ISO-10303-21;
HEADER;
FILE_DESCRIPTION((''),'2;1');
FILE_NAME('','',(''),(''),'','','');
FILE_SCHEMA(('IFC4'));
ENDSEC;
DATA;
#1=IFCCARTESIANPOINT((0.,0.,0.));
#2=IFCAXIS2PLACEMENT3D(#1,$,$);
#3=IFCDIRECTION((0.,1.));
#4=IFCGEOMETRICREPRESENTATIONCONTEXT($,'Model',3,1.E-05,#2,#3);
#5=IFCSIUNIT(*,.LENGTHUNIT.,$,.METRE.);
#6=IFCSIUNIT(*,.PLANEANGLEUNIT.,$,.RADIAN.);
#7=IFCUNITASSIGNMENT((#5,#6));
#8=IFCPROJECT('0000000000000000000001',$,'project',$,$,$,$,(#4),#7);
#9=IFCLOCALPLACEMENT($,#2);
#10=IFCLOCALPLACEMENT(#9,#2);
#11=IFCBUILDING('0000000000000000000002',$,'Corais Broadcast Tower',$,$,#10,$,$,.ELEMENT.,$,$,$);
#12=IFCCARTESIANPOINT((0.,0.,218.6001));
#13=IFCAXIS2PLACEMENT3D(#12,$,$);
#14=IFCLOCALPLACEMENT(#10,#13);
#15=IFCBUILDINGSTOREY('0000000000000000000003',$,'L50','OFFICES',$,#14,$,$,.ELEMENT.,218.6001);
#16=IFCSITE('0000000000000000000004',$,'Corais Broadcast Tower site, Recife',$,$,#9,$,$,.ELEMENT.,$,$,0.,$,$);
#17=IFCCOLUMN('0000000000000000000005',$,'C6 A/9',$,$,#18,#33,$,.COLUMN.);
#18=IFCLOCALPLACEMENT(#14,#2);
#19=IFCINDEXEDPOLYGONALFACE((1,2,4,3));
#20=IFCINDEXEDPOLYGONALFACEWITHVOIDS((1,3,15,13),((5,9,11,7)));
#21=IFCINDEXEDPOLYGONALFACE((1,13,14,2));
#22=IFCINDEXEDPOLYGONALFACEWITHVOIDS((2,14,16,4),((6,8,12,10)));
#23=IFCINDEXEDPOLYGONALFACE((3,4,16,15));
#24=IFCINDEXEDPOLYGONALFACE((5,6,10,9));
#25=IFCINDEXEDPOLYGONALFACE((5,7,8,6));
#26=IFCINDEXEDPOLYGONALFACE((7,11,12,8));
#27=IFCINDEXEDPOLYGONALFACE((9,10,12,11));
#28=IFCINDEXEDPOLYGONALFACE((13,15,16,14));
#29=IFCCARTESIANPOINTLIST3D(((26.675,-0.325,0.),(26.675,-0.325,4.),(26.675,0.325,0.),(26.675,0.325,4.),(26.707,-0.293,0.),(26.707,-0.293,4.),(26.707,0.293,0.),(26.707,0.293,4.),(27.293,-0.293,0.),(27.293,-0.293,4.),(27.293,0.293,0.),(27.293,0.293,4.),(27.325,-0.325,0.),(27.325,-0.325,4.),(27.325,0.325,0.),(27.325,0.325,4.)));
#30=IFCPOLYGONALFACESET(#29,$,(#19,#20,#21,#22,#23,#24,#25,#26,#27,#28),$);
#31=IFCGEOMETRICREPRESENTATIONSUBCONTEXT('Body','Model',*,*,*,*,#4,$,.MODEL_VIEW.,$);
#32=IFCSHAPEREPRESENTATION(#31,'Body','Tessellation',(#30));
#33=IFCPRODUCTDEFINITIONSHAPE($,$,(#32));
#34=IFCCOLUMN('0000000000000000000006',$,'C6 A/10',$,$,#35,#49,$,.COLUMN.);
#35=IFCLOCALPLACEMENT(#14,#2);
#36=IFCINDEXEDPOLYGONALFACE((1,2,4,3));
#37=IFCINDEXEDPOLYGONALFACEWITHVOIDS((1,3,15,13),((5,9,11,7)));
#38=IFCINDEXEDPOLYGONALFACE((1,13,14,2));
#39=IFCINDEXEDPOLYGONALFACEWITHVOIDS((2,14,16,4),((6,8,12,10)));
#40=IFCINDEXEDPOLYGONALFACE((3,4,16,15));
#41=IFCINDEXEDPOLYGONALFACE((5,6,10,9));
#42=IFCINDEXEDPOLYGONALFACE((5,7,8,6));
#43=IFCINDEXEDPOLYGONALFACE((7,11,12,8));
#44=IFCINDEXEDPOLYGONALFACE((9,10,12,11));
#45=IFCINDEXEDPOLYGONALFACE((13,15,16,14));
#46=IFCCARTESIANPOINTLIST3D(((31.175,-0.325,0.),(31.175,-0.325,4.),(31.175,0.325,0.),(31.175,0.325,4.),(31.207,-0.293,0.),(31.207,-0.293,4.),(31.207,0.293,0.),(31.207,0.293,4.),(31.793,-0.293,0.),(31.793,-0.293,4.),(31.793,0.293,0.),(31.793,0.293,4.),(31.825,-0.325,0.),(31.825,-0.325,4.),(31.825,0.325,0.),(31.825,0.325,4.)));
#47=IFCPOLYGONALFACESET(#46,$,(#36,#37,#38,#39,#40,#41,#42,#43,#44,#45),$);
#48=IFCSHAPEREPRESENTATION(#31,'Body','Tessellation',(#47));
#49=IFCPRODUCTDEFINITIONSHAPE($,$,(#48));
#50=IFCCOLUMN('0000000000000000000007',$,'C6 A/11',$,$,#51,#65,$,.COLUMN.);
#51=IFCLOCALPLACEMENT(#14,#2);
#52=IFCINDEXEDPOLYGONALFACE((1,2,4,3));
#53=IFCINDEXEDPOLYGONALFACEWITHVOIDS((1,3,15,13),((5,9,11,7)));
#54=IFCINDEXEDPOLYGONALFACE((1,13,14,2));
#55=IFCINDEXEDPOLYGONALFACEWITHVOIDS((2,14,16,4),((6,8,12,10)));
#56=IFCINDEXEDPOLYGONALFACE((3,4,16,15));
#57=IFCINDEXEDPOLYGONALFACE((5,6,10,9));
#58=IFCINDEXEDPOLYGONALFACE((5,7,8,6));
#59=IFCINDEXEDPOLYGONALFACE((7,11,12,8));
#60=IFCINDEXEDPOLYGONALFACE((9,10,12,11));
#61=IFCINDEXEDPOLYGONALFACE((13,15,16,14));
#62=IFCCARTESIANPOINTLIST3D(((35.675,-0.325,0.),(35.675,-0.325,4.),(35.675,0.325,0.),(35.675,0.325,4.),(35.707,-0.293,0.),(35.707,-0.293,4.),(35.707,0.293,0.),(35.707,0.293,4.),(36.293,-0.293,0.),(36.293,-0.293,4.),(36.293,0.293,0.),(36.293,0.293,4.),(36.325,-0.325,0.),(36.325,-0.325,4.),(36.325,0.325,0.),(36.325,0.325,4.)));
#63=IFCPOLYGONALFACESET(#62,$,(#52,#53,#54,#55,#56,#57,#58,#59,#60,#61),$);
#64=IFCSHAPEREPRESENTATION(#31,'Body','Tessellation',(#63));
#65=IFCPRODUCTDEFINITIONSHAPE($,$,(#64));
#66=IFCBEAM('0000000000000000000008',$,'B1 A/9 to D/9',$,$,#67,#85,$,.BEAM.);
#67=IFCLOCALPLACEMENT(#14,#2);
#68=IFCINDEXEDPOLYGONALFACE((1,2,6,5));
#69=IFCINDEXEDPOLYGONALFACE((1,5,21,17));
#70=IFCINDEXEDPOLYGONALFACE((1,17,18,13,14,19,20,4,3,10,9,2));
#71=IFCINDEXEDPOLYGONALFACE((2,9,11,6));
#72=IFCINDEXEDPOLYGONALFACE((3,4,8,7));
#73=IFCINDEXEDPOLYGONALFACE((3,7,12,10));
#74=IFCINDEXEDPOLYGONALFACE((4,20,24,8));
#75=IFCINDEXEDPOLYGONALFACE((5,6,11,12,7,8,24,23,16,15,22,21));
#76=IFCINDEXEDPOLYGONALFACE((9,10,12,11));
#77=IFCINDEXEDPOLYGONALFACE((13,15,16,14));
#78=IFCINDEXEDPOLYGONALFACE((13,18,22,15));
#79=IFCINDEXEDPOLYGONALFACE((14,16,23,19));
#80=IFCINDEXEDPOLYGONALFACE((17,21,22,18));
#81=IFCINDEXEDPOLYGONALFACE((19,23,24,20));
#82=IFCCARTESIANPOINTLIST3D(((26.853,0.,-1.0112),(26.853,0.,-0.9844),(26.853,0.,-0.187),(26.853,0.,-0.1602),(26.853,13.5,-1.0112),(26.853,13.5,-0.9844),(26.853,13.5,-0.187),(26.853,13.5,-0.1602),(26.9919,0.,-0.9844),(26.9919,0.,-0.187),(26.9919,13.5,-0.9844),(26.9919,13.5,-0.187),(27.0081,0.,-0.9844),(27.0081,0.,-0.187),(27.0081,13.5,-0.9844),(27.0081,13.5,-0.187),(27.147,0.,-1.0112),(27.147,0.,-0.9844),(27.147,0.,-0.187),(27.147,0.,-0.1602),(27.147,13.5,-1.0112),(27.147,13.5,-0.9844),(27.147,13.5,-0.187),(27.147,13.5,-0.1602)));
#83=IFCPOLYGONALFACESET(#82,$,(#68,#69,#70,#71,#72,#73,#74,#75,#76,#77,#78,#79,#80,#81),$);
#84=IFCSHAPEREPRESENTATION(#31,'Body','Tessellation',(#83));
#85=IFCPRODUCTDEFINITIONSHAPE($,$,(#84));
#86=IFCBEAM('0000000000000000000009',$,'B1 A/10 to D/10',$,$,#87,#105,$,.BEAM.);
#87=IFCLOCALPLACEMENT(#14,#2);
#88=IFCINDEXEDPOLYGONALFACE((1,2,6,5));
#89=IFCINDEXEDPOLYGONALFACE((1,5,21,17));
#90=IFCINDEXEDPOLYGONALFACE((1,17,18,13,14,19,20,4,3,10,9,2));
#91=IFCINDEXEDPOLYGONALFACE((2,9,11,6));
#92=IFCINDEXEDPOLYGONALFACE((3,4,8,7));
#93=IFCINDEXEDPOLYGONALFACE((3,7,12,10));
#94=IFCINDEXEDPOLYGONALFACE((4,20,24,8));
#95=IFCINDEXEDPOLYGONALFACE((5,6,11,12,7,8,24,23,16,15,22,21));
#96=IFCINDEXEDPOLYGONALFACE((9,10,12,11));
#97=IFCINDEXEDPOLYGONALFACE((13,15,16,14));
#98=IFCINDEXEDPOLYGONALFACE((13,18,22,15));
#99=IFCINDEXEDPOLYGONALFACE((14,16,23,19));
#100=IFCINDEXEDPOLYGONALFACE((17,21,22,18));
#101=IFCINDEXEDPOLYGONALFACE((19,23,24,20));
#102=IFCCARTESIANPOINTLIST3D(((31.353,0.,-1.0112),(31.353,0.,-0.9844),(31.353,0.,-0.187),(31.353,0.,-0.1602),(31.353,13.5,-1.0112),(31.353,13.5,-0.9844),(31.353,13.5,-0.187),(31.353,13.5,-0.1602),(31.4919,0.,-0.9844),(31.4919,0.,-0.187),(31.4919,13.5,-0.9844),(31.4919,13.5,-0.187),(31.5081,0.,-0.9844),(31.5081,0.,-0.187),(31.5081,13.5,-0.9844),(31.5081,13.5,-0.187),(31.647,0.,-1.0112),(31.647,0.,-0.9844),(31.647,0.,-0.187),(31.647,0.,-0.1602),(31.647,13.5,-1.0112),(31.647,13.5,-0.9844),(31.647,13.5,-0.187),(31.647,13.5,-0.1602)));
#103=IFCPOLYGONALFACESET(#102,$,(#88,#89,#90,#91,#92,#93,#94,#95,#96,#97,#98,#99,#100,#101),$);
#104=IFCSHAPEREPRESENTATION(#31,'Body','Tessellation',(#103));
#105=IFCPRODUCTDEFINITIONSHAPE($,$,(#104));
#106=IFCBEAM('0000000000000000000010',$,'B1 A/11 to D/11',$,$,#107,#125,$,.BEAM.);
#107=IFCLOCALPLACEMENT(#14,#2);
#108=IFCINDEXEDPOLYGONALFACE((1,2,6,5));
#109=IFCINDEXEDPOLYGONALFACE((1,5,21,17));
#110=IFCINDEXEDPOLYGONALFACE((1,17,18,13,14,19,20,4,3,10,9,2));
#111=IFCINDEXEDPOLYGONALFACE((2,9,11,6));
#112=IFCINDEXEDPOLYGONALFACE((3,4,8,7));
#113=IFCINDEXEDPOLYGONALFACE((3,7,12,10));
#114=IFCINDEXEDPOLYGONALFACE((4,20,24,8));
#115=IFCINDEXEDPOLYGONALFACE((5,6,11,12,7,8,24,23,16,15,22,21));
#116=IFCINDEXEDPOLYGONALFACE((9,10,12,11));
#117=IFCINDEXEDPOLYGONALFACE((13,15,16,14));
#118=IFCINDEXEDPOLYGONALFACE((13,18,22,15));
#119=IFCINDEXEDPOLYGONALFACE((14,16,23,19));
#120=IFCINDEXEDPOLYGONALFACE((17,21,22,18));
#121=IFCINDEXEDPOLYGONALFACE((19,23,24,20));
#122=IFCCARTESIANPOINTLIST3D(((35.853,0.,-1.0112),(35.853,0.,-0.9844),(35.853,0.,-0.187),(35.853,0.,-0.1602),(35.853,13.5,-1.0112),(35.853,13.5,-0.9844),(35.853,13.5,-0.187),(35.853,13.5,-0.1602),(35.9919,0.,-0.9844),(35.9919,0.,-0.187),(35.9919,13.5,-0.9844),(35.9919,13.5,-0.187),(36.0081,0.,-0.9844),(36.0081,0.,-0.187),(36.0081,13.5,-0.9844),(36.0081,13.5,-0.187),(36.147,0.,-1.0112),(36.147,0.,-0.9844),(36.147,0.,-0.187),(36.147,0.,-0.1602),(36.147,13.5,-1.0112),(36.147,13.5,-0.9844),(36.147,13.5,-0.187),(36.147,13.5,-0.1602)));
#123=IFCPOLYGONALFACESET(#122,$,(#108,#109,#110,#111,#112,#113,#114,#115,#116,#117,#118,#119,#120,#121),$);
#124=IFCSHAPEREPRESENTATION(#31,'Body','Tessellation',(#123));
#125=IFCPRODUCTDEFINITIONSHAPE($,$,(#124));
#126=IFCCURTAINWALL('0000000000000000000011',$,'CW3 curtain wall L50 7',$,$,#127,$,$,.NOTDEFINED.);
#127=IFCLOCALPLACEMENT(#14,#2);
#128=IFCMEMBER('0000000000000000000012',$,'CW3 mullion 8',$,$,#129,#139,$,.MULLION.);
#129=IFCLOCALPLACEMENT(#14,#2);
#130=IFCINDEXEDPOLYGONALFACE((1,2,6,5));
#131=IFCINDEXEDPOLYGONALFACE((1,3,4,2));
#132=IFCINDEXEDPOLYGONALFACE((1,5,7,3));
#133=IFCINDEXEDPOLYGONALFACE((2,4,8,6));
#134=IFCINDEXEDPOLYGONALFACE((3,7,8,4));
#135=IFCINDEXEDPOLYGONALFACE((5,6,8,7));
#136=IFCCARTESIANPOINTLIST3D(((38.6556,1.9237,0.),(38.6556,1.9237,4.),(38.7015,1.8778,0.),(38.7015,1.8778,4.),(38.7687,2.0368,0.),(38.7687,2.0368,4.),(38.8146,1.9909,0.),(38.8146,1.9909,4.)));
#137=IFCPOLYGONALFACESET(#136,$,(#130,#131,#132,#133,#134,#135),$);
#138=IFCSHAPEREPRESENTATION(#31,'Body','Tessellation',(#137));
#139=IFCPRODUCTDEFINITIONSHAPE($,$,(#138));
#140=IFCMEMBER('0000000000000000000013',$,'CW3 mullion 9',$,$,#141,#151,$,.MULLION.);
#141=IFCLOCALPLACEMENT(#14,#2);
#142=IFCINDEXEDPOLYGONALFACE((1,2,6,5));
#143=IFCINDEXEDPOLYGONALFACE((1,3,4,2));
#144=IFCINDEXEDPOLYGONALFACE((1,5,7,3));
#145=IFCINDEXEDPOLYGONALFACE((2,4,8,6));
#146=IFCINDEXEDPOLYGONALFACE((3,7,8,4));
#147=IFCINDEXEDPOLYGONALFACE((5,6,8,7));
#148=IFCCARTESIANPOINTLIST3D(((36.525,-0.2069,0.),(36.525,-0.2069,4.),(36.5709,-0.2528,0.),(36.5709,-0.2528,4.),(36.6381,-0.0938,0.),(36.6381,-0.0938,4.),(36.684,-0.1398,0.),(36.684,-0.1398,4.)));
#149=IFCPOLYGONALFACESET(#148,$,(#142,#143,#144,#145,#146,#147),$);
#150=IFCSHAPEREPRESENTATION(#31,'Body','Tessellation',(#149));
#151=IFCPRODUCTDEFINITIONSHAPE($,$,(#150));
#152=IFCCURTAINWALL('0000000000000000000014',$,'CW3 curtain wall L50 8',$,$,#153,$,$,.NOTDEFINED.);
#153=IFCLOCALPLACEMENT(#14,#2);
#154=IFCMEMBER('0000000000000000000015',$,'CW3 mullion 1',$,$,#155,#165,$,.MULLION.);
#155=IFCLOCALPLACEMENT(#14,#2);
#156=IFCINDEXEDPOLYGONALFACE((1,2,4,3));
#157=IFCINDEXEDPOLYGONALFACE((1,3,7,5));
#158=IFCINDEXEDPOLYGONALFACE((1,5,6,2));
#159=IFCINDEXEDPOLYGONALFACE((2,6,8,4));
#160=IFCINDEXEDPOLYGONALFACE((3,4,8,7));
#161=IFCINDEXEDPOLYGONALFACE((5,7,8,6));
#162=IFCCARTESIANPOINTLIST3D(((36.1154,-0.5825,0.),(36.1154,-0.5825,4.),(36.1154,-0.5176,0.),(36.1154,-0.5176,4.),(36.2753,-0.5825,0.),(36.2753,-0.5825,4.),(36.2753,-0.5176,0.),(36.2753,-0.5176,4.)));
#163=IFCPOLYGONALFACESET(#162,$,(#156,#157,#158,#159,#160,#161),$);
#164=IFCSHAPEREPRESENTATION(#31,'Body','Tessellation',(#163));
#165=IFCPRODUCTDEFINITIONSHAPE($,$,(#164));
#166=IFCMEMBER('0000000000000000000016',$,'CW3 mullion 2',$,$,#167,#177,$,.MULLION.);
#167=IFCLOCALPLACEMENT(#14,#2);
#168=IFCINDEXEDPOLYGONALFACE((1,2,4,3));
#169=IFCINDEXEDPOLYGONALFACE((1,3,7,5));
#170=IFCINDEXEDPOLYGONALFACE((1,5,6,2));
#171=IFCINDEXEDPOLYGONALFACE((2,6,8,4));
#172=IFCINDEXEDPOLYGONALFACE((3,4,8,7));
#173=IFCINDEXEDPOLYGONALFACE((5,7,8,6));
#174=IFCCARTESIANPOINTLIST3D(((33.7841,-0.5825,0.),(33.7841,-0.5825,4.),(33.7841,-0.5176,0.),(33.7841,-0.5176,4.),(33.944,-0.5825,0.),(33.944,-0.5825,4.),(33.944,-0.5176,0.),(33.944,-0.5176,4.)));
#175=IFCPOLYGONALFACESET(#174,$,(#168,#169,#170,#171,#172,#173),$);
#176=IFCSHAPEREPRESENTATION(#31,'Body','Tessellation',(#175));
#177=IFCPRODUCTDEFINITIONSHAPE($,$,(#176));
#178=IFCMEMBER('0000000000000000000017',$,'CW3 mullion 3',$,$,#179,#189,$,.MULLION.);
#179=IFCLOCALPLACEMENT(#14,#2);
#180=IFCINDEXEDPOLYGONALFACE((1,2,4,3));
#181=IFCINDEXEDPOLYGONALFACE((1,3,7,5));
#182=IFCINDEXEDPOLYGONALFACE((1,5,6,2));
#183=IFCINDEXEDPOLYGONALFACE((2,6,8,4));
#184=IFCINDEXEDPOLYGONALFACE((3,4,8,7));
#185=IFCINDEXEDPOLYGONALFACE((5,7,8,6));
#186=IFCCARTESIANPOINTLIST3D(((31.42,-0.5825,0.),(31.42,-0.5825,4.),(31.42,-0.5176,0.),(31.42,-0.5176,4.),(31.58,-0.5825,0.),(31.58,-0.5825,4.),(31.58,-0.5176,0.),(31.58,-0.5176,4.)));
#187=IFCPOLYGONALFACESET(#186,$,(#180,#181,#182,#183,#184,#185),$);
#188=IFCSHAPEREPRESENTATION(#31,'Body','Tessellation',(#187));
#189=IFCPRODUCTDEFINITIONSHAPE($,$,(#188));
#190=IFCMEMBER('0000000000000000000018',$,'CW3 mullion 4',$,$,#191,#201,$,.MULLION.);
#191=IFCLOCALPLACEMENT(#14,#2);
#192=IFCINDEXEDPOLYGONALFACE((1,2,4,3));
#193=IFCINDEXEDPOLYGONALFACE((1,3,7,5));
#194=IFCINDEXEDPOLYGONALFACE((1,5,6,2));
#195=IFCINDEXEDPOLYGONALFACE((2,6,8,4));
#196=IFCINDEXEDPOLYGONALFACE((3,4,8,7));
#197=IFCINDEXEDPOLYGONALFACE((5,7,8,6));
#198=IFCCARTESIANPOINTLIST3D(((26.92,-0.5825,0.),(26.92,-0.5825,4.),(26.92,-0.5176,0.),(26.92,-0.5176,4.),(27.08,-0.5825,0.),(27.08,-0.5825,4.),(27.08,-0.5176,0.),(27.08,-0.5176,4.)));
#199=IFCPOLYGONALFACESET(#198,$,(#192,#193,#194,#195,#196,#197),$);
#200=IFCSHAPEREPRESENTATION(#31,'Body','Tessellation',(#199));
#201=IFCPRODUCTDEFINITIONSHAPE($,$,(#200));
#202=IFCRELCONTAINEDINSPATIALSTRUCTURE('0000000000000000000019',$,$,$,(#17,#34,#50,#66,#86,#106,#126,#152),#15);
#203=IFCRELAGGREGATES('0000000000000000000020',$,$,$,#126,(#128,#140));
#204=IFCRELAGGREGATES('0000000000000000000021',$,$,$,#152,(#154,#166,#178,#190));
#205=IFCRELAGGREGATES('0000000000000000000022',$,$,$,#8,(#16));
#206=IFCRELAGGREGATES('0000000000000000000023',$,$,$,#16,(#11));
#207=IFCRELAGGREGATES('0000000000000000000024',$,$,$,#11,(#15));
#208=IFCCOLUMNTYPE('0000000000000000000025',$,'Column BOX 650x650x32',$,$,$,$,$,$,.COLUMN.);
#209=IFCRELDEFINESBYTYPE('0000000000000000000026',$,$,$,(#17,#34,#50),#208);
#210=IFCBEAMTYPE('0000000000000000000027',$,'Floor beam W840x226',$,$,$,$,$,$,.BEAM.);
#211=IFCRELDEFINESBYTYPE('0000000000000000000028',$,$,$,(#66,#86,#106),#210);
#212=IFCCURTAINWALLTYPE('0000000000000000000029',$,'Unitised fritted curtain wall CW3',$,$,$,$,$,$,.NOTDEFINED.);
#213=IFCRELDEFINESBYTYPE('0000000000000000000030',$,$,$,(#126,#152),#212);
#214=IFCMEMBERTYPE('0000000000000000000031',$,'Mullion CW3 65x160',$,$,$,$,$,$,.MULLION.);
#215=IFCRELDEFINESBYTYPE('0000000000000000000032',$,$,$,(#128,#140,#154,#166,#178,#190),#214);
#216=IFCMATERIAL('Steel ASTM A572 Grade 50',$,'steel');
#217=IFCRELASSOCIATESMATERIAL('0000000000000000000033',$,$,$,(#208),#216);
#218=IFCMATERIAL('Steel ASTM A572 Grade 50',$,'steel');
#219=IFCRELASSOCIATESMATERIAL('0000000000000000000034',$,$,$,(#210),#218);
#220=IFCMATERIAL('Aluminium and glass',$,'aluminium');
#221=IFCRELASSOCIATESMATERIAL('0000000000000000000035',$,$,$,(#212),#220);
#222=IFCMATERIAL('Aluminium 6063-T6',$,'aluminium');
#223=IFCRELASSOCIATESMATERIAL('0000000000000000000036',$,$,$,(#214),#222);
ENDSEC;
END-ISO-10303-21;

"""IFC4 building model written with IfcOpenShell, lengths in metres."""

from ifc_helpers import new_model, si_unit, direction, frame, origin, origin_2d, place, context, subcontext, project, spatial, rectangle, hollow_rectangle, i_section, extrude, material, material_profile, profile_set, type_object, element, aggregate, save


model = new_model("IFC4")

# Units and contexts
model_context = context("Model", 3, precision=1e-05, world=origin(), true_north=direction((0.0, 1.0)))
body_context = subcontext(model_context, "Body", "Model", "MODEL_VIEW")
ifc_project = project(units=[si_unit("LENGTHUNIT", "METRE"), si_unit("PLANEANGLEUNIT", "RADIAN")], contexts=[model_context])

# Site, building, storey
site_placement = place(None, origin())
site = spatial("IfcSite", under=ifc_project, at=site_placement, Name="Corais Broadcast Tower site, Recife", CompositionType="ELEMENT", RefElevation=0.0)
building_placement = place(site_placement, origin())
building = spatial("IfcBuilding", under=site, at=building_placement, Name="Corais Broadcast Tower", CompositionType="ELEMENT")
storey_placement = place(building_placement, frame((0.0, 0.0, 218.6001)))
storey = spatial("IfcBuildingStorey", under=building, at=storey_placement, Name="L50", Description="OFFICES", CompositionType="ELEMENT", Elevation=218.6001)

# Columns
ifc_material_1 = material(Name="Steel ASTM A572 Grade 50", Category="steel")
ifc_material_profile_1 = material_profile(ifc_material_1, hollow_rectangle(XDim=0.6499, YDim=0.6499, WallThickness=0.032, at=origin_2d()), Name="BOX 650x650x32")
ifc_profile_set_1 = profile_set([ifc_material_profile_1], Name="Steel ASTM A572 Grade 50")
column_type = type_object("IfcColumnType", Name="Column BOX 650x650x32", PredefinedType="COLUMN", material=ifc_profile_set_1)
for number, where, z_axis, x_axis, name in (
    (1, (27.0, 0.0, 0.0), (0.0, 0.0, 1.0), (1.0, 0.0, 0.0), "C6 A/9"),
    (2, (31.5, 0.0, 0.0), (0.0, 0.0, 1.0), (1.0, 0.0, 0.0), "C6 A/10"),
    (3, (36.0, 0.0, 0.0), (0.0, 0.0, 1.0), (1.0, 0.0, 0.0), "C6 A/11"),
):
    element("IfcColumn", number, at=place(storey_placement, frame(where, z_axis=z_axis, x_axis=x_axis)), inside=storey, type_object=column_type, Name=name, PredefinedType="COLUMN", context=body_context, shape_type="SweptSolid", body=[
        extrude(hollow_rectangle(XDim=0.6499, YDim=0.6499, WallThickness=0.032, at=origin_2d()), origin(), (0.0, 0.0, 1.0), 4.0),
    ])

# Beams
ifc_material_2 = material(Name="Steel ASTM A572 Grade 50", Category="steel")
ifc_material_profile_2 = material_profile(ifc_material_2, i_section(OverallWidth=0.2939, OverallDepth=0.8511, WebThickness=0.0161, FlangeThickness=0.0269, at=origin_2d()), Name="W840x226")
ifc_profile_set_2 = profile_set([ifc_material_profile_2], Name="Steel ASTM A572 Grade 50")
beam_type_1 = type_object("IfcBeamType", Name="Floor beam W840x226", PredefinedType="BEAM", material=ifc_profile_set_2)
for number, where, z_axis, x_axis, name in (
    (4, (27.0, 0.0, -0.5857), (0.0, 1.0, 0.0), (-1.0, 0.0, 0.0), "B1 A/9 to D/9"),
    (5, (31.5, 0.0, -0.5857), (0.0, 1.0, 0.0), (-1.0, 0.0, 0.0), "B1 A/10 to D/10"),
    (6, (36.0, 0.0, -0.5857), (0.0, 1.0, 0.0), (-1.0, 0.0, 0.0), "B1 A/11 to D/11"),
):
    element("IfcBeam", number, at=place(storey_placement, frame(where, z_axis=z_axis, x_axis=x_axis)), inside=storey, type_object=beam_type_1, Name=name, PredefinedType="BEAM", context=body_context, shape_type="SweptSolid", body=[
        extrude(i_section(OverallWidth=0.2939, OverallDepth=0.8511, WebThickness=0.0161, FlangeThickness=0.0269, at=origin_2d()), origin(), (0.0, 0.0, 1.0), 13.5),
    ])

# Curtain walls, members
ifc_material_3 = material(Name="Aluminium and glass", Category="aluminium")
curtain_wall_type = type_object("IfcCurtainWallType", Name="Unitised fritted curtain wall CW3", PredefinedType="NOTDEFINED", material=ifc_material_3)
curtain_wall_1_placement = place(storey_placement, origin())
curtain_wall_1 = element("IfcCurtainWall", 7, at=curtain_wall_1_placement, inside=storey, type_object=curtain_wall_type, Name="CW3 curtain wall L50 7", PredefinedType="NOTDEFINED")
ifc_material_4 = material(Name="Aluminium 6063-T6", Category="aluminium")
ifc_material_profile_3 = material_profile(ifc_material_4, rectangle(XDim=0.0649, YDim=0.1599, at=origin_2d()), Name="Mullion CW3 65x160")
ifc_profile_set_3 = profile_set([ifc_material_profile_3], Name="Aluminium 6063-T6")
member_type_1 = type_object("IfcMemberType", Name="Mullion CW3 65x160", PredefinedType="MULLION", material=ifc_profile_set_3)
member_1_placement = place(storey_placement, frame((38.7351, 1.9573, 0.0), z_axis=(0.0, 0.0, 1.0), x_axis=(0.707107, -0.707107, 0.0)))
member_1 = element("IfcMember", 8, at=member_1_placement, type_object=member_type_1, Name="CW3 mullion 8", PredefinedType="MULLION", context=body_context, shape_type="SweptSolid", body=[
    extrude(rectangle(XDim=0.0649, YDim=0.1599, at=origin_2d()), origin(), (0.0, 0.0, 1.0), 4.0),
])
member_2_placement = place(storey_placement, frame((36.6045, -0.1733, 0.0), z_axis=(0.0, 0.0, 1.0), x_axis=(0.707107, -0.707107, 0.0)))
member_2 = element("IfcMember", 9, at=member_2_placement, type_object=member_type_1, Name="CW3 mullion 9", PredefinedType="MULLION", context=body_context, shape_type="SweptSolid", body=[
    extrude(rectangle(XDim=0.0649, YDim=0.1599, at=origin_2d()), origin(), (0.0, 0.0, 1.0), 4.0),
])
curtain_wall_2_placement = place(storey_placement, origin())
curtain_wall_2 = element("IfcCurtainWall", 10, at=curtain_wall_2_placement, inside=storey, type_object=curtain_wall_type, Name="CW3 curtain wall L50 8", PredefinedType="NOTDEFINED")
member_3_placement = place(storey_placement, frame((36.1953, -0.55, 0.0), z_axis=(0.0, 0.0, 1.0), x_axis=(0.0, -1.0, 0.0)))
member_3 = element("IfcMember", 11, at=member_3_placement, type_object=member_type_1, Name="CW3 mullion 1", PredefinedType="MULLION", context=body_context, shape_type="SweptSolid", body=[
    extrude(rectangle(XDim=0.0649, YDim=0.1599, at=origin_2d()), origin(), (0.0, 0.0, 1.0), 4.0),
])
member_4_placement = place(storey_placement, frame((33.864, -0.55, 0.0), z_axis=(0.0, 0.0, 1.0), x_axis=(0.0, -1.0, 0.0)))
member_4 = element("IfcMember", 12, at=member_4_placement, type_object=member_type_1, Name="CW3 mullion 2", PredefinedType="MULLION", context=body_context, shape_type="SweptSolid", body=[
    extrude(rectangle(XDim=0.0649, YDim=0.1599, at=origin_2d()), origin(), (0.0, 0.0, 1.0), 4.0),
])
member_5_placement = place(storey_placement, frame((31.5, -0.55, 0.0), z_axis=(0.0, 0.0, 1.0), x_axis=(0.0, -1.0, 0.0)))
member_5 = element("IfcMember", 13, at=member_5_placement, type_object=member_type_1, Name="CW3 mullion 3", PredefinedType="MULLION", context=body_context, shape_type="SweptSolid", body=[
    extrude(rectangle(XDim=0.0649, YDim=0.1599, at=origin_2d()), origin(), (0.0, 0.0, 1.0), 4.0),
])
member_6_placement = place(storey_placement, frame((27.0, -0.55, 0.0), z_axis=(0.0, 0.0, 1.0), x_axis=(0.0, -1.0, 0.0)))
member_6 = element("IfcMember", 14, at=member_6_placement, type_object=member_type_1, Name="CW3 mullion 4", PredefinedType="MULLION", context=body_context, shape_type="SweptSolid", body=[
    extrude(rectangle(XDim=0.0649, YDim=0.1599, at=origin_2d()), origin(), (0.0, 0.0, 1.0), 4.0),
])

aggregate(curtain_wall_1, [member_1, member_2])
aggregate(curtain_wall_2, [member_3, member_4, member_5, member_6])

save(model, "model.ifc")
